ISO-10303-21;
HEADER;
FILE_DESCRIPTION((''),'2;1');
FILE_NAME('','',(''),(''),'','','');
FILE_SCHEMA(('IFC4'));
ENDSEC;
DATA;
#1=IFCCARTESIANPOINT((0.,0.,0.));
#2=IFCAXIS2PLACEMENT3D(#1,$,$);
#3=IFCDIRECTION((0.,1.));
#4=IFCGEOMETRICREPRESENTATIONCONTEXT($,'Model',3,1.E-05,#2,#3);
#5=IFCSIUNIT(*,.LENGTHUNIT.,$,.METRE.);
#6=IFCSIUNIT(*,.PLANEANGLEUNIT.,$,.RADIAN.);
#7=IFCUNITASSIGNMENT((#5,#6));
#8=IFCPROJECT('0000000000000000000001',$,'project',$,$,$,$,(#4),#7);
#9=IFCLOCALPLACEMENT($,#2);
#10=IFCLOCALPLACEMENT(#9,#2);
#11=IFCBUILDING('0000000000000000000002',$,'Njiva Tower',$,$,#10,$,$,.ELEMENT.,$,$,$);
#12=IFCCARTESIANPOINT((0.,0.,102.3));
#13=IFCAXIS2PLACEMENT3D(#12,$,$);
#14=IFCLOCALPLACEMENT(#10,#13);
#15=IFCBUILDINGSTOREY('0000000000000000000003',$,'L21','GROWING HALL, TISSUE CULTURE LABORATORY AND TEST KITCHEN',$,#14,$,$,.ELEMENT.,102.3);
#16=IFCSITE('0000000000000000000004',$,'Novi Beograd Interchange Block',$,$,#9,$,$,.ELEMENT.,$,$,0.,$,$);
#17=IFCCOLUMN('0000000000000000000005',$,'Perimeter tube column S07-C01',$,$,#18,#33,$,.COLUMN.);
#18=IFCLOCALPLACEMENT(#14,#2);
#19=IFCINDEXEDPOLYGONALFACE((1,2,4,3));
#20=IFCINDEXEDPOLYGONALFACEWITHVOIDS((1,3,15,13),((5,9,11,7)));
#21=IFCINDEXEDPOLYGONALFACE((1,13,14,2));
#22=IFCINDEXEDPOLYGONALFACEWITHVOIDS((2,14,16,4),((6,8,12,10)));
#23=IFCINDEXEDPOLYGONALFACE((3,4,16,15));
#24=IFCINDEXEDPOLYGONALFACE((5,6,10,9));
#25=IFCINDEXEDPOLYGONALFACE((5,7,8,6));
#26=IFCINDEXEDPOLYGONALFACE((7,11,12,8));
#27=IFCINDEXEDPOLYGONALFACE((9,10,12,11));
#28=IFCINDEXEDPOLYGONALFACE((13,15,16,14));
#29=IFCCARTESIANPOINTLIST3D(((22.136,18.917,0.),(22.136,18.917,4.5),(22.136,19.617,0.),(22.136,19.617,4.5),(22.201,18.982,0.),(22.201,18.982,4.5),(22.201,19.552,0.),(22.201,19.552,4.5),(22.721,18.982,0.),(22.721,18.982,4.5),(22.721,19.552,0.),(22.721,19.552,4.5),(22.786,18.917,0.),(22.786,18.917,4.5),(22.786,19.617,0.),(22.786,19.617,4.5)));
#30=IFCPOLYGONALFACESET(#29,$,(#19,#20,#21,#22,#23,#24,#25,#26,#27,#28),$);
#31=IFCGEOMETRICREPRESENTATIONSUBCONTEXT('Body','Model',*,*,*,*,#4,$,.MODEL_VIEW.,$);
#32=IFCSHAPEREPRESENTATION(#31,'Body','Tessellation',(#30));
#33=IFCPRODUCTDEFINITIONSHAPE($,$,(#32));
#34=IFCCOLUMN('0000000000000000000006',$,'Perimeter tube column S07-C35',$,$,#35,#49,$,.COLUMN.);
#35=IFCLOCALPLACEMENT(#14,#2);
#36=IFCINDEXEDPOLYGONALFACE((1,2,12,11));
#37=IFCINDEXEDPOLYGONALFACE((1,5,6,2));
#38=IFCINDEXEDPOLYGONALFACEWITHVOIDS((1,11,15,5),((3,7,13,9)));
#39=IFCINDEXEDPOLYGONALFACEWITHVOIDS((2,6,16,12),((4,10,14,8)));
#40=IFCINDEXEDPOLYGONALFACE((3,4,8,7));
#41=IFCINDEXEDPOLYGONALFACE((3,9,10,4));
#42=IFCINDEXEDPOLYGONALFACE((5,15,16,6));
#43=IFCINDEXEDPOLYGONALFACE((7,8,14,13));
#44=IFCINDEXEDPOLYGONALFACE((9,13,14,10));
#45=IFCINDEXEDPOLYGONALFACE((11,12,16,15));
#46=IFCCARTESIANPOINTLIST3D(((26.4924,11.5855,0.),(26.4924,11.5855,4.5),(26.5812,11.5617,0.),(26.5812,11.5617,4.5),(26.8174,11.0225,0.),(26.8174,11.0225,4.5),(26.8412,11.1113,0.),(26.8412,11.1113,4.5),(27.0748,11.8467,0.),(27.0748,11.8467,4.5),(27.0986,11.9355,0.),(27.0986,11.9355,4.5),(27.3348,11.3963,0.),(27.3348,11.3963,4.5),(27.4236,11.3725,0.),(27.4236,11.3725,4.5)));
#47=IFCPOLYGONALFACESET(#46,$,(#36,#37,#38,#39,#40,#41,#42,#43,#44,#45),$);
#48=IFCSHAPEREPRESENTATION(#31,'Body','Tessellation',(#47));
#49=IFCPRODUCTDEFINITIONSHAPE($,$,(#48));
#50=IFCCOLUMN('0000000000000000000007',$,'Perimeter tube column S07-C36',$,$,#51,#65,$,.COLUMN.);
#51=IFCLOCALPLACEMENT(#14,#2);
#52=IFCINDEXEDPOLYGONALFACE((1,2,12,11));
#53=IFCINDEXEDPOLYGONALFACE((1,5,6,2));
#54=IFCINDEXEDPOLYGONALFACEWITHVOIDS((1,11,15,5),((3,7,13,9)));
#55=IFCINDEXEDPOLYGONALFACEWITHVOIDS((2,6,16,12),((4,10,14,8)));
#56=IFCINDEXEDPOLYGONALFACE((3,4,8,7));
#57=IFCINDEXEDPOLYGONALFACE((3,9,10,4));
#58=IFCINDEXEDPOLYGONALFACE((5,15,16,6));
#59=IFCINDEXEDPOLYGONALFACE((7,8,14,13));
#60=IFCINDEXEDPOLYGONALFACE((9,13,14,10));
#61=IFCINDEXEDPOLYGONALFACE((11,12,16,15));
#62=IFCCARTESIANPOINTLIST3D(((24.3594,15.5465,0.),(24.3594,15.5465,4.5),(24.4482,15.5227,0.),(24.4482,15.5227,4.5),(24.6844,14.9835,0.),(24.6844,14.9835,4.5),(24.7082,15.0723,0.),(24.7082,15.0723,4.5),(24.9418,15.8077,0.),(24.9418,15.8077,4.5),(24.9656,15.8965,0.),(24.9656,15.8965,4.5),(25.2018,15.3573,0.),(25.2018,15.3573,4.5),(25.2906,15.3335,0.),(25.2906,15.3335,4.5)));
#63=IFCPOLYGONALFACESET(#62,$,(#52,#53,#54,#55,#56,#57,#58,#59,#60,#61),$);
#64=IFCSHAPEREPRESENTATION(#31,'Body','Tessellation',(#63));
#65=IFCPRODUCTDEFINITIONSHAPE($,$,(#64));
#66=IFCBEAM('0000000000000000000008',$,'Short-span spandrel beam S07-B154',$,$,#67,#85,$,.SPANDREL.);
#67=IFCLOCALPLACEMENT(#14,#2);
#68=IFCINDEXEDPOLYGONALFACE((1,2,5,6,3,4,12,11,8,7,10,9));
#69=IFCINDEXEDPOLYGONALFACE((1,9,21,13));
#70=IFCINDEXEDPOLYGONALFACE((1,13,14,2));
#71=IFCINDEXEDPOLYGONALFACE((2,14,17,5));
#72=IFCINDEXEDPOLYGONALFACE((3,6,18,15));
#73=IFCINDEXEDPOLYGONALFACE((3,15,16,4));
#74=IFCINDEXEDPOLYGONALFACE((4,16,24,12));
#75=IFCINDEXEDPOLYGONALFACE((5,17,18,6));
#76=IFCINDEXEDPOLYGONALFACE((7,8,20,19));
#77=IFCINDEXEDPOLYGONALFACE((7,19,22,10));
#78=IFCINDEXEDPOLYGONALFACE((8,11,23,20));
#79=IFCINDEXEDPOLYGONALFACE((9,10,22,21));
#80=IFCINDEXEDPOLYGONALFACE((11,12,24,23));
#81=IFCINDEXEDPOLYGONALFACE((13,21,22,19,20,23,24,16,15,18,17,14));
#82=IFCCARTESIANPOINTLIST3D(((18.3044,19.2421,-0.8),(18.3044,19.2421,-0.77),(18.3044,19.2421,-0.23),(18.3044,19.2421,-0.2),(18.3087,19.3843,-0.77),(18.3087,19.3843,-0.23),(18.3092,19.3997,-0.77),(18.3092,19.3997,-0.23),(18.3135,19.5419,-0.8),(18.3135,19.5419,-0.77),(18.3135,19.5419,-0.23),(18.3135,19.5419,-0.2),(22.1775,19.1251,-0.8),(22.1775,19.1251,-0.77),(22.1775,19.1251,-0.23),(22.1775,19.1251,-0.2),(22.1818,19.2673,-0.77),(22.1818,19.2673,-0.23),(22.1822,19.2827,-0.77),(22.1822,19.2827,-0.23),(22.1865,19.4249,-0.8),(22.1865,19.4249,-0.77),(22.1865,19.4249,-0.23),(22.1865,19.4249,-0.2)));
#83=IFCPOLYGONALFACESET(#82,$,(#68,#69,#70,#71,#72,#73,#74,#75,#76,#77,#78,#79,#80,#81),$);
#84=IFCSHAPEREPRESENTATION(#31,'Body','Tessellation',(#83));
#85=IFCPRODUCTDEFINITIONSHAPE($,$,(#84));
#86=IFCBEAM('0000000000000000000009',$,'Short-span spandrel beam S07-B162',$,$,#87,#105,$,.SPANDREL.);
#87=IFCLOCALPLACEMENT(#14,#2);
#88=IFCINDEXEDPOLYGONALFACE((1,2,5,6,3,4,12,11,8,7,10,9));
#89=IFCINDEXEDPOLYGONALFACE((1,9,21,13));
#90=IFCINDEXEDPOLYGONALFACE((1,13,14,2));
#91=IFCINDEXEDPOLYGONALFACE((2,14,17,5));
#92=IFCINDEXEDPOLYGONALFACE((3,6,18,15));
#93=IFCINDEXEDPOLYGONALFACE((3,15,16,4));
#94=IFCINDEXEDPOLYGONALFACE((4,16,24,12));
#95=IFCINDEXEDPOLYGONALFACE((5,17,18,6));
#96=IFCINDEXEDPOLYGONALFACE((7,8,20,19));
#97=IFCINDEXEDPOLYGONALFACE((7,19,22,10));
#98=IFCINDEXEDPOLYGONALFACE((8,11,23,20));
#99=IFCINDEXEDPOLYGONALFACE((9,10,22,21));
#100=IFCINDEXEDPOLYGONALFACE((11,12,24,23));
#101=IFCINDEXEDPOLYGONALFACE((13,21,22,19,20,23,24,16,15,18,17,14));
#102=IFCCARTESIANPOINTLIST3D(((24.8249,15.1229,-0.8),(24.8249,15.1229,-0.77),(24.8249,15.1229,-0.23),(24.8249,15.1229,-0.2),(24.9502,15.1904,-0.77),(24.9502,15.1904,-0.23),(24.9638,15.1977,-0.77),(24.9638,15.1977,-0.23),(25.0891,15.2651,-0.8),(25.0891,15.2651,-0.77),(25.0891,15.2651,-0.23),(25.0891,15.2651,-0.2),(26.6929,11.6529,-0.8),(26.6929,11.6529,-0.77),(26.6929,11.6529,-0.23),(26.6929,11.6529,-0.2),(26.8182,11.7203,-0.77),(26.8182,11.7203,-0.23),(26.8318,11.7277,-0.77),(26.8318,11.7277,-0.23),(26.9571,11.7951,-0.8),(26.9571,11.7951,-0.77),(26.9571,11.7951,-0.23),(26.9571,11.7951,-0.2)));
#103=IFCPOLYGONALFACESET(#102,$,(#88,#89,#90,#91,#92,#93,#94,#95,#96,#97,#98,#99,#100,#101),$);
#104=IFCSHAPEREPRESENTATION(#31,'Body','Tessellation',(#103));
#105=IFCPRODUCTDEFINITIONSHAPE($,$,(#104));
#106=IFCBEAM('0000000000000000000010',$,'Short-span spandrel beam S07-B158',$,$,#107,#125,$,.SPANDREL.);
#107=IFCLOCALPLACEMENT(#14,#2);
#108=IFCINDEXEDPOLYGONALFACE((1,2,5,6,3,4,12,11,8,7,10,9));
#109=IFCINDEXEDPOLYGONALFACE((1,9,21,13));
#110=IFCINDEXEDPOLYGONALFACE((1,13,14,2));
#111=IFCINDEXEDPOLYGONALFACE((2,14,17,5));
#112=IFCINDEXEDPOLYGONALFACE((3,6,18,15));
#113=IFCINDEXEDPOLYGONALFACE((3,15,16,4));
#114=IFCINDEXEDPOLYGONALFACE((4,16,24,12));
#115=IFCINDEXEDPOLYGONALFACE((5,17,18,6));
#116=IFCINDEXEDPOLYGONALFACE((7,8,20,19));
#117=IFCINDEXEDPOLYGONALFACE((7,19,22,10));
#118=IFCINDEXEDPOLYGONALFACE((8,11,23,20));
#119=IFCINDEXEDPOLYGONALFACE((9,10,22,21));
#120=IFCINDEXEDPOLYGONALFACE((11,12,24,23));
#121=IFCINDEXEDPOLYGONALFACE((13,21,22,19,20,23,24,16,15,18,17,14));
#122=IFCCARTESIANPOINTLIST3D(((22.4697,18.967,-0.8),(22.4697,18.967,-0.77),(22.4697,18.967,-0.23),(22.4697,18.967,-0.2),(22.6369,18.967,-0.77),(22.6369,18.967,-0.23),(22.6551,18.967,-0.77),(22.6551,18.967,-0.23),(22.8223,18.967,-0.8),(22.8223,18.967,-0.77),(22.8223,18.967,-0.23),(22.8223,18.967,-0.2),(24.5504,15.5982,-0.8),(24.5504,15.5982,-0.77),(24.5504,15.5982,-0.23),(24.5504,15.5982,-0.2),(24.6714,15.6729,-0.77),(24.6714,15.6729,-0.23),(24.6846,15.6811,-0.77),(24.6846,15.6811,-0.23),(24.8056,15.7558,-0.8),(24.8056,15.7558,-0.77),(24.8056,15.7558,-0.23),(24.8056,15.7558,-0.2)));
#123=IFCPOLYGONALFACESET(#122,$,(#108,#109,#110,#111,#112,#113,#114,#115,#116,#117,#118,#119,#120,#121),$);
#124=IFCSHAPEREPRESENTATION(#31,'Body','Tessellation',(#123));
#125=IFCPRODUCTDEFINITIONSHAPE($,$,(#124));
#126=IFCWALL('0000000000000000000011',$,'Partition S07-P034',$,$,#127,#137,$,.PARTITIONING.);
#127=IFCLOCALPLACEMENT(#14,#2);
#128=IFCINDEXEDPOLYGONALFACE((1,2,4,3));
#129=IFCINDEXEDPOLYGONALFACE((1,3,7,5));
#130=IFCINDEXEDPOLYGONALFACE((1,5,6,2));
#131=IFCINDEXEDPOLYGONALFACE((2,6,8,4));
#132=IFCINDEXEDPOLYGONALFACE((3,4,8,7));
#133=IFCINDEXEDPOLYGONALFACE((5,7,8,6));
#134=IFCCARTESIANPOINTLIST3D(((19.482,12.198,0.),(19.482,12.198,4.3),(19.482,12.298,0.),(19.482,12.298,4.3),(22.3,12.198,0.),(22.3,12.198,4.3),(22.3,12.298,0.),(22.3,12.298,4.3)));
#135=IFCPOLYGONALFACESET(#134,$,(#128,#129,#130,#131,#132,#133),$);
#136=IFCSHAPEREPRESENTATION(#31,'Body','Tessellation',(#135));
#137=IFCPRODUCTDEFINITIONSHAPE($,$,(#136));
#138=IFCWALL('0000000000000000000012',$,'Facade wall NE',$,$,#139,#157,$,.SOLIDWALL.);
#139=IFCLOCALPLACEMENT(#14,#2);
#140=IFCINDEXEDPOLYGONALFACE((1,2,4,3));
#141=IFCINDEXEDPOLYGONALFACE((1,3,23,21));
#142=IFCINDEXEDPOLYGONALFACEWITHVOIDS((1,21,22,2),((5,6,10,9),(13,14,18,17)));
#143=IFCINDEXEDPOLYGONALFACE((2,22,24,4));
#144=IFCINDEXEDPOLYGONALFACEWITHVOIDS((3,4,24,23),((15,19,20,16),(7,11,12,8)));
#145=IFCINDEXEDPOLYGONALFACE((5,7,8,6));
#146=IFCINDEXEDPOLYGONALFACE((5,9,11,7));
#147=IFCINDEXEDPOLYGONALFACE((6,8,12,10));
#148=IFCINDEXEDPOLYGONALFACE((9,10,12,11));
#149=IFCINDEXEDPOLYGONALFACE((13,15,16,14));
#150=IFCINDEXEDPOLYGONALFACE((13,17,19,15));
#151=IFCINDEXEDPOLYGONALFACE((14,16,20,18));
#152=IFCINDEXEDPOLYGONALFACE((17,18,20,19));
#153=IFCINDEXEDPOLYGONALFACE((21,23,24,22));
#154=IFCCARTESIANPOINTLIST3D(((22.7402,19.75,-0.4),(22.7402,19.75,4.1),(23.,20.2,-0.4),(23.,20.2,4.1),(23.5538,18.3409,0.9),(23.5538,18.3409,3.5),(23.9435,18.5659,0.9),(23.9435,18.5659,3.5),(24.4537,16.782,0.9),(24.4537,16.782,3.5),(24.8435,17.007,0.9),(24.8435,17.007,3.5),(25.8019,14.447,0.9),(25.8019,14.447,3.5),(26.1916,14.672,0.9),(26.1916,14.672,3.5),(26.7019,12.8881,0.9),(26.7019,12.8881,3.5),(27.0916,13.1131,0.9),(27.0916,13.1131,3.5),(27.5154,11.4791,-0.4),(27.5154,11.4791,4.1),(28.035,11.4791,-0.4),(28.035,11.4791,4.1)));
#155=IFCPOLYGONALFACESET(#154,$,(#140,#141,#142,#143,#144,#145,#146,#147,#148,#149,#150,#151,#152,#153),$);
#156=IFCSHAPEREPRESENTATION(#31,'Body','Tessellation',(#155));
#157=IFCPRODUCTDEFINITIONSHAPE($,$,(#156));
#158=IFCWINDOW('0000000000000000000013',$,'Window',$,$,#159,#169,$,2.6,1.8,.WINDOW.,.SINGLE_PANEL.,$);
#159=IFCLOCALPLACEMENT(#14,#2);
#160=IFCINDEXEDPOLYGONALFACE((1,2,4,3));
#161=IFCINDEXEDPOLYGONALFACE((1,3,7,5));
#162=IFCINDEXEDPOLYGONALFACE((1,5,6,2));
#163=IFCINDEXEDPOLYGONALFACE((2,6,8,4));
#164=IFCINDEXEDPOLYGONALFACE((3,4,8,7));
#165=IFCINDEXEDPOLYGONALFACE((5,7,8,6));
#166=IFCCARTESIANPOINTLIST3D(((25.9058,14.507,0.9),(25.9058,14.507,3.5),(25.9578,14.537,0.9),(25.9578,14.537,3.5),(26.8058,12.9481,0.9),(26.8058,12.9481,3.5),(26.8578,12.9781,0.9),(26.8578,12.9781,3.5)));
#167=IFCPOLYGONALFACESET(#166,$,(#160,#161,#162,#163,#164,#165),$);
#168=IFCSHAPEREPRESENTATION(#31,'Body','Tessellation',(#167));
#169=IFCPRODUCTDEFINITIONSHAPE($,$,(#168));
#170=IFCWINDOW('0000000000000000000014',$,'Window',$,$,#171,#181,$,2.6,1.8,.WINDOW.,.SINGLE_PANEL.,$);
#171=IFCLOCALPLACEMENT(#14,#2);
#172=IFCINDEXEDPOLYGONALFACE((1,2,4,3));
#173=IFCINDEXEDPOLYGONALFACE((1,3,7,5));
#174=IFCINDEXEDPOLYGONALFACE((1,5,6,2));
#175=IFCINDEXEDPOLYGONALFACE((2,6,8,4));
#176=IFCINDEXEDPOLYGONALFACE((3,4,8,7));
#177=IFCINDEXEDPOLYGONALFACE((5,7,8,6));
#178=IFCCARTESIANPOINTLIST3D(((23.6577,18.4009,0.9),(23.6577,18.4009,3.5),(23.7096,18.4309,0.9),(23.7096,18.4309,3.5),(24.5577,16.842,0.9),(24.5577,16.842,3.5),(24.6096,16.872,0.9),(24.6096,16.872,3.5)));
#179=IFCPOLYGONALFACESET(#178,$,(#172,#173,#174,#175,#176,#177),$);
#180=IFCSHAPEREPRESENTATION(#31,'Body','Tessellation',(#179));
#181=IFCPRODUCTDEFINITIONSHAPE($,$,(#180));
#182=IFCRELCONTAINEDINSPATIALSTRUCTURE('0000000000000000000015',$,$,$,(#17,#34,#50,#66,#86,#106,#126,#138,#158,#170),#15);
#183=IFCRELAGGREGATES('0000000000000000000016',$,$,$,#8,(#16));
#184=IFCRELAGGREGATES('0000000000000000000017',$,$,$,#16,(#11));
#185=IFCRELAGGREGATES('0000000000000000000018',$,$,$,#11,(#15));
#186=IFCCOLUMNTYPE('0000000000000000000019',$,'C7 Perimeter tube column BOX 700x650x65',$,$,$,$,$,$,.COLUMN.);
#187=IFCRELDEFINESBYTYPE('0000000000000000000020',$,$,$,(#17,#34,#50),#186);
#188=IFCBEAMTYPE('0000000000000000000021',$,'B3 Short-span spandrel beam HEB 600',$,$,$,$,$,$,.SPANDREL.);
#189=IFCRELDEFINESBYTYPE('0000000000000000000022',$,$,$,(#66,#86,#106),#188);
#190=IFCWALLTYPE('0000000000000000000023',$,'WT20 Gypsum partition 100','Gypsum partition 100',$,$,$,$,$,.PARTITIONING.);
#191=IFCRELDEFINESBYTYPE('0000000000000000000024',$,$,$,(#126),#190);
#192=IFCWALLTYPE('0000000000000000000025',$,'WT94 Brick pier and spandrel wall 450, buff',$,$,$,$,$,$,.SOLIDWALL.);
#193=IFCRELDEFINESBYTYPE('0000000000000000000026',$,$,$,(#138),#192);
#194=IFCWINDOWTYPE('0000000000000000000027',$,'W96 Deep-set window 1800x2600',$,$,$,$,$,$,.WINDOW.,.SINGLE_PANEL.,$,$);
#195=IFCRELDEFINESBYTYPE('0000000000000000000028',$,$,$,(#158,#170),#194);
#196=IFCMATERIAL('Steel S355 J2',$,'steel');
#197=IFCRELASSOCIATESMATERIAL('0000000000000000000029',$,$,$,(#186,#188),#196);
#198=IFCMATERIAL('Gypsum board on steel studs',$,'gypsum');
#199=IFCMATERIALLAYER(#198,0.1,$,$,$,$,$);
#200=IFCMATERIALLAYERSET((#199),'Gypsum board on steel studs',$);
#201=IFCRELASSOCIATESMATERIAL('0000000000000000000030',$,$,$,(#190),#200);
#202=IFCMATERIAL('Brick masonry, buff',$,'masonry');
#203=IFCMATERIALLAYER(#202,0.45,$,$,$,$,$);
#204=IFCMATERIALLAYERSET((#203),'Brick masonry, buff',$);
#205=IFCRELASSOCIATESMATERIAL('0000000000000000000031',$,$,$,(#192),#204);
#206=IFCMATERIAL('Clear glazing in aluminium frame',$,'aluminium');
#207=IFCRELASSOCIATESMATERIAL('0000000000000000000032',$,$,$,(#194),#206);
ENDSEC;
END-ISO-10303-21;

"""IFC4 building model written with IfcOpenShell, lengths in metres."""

from ifc_helpers import new_model, si_unit, direction, frame, frame_2d, origin, origin_2d, place, context, subcontext, project, spatial, polyline, rectangle, hollow_rectangle, i_section, outline, extrude, clip, halfspace, material, layer, layer_set, material_profile, profile_set, type_object, element, fill, save


model = new_model("IFC4")

# Units and contexts
model_context = context("Model", 3, precision=1e-05, world=origin(), true_north=direction((0.0, 1.0)))
body_context = subcontext(model_context, "Body", "Model", "MODEL_VIEW")
ifc_project = project(units=[si_unit("LENGTHUNIT", "METRE"), si_unit("PLANEANGLEUNIT", "RADIAN")], contexts=[model_context])

# Site, building, storey
site_placement = place(None, origin())
site = spatial("IfcSite", under=ifc_project, at=site_placement, Name="Novi Beograd Interchange Block", CompositionType="ELEMENT", RefElevation=0.0)
building_placement = place(site_placement, origin())
building = spatial("IfcBuilding", under=site, at=building_placement, Name="Njiva Tower", CompositionType="ELEMENT")
storey_placement = place(building_placement, frame((0.0, 0.0, 102.3)))
storey = spatial("IfcBuildingStorey", under=building, at=storey_placement, Name="L21", Description="GROWING HALL, TISSUE CULTURE LABORATORY AND TEST KITCHEN", CompositionType="ELEMENT", Elevation=102.3)

# Columns
ifc_material_1 = material(Name="Steel S355 J2", Category="steel")
ifc_material_profile_1 = material_profile(ifc_material_1, hollow_rectangle(XDim=0.65, YDim=0.7, WallThickness=0.065, at=origin_2d()), Name="BOX 700x650x65")
ifc_profile_set_1 = profile_set([ifc_material_profile_1], Name="Steel S355 J2")
column_type = type_object("IfcColumnType", Name="C7 Perimeter tube column BOX 700x650x65", PredefinedType="COLUMN", material=ifc_profile_set_1)
for number, where, z_axis, x_axis, name in (
    (1, (22.461, 19.267, 0.0), (0.0, 0.0, 1.0), (-1.0, 0.0, 0.0), "Perimeter tube column S07-C01"),
    (2, (26.958, 11.479, 0.0), (0.0, 0.0, 1.0), (-0.5, 0.866025, 0.0), "Perimeter tube column S07-C35"),
    (3, (24.825, 15.44, 0.0), (0.0, 0.0, 1.0), (-0.5, 0.866025, 0.0), "Perimeter tube column S07-C36"),
):
    element("IfcColumn", number, at=place(storey_placement, frame(where, z_axis=z_axis, x_axis=x_axis)), inside=storey, type_object=column_type, Name=name, PredefinedType="COLUMN", context=body_context, shape_type="SweptSolid", body=[
        extrude(hollow_rectangle(XDim=0.65, YDim=0.7, WallThickness=0.065, at=origin_2d()), origin(), (0.0, 0.0, 1.0), 4.5),
    ])

# Beams
ifc_material_profile_2 = material_profile(ifc_material_1, i_section(OverallWidth=0.3, OverallDepth=0.6, WebThickness=0.0155, FlangeThickness=0.03, at=origin_2d()), Name="HEB 600")
ifc_profile_set_2 = profile_set([ifc_material_profile_2], Name="Steel S355 J2")
beam_type = type_object("IfcBeamType", Name="B3 Short-span spandrel beam HEB 600", PredefinedType="SPANDREL", material=ifc_profile_set_2)
beam_1_placement = place(storey_placement, frame((22.182, 19.275, -0.5), z_axis=(-0.999544, 0.030195, 0.0), x_axis=(-0.030195, -0.999544, 0.0)))
element("IfcBeam", 4, at=beam_1_placement, inside=storey, type_object=beam_type, Name="Short-span spandrel beam S07-B154", PredefinedType="SPANDREL", context=body_context, shape_type="SweptSolid", body=[
    extrude(i_section(OverallWidth=0.3, OverallDepth=0.6, WebThickness=0.0155, FlangeThickness=0.03, at=origin_2d()), origin(), (0.0, 0.0, 1.0), 3.8748),
])
beam_2_placement = place(storey_placement, frame((26.825, 11.724, -0.5), z_axis=(-0.474009, 0.88052, 0.0), x_axis=(-0.88052, -0.474009, 0.0)))
element("IfcBeam", 5, at=beam_2_placement, inside=storey, type_object=beam_type, Name="Short-span spandrel beam S07-B162", PredefinedType="SPANDREL", context=body_context, shape_type="SweptSolid", body=[
    extrude(i_section(OverallWidth=0.3, OverallDepth=0.6, WebThickness=0.0155, FlangeThickness=0.03, at=origin_2d()), origin(), (0.0, 0.0, 1.0), 3.9409),
])
beam_3_placement = place(storey_placement, frame((24.678, 15.677, -0.5), z_axis=(-0.525482, 0.850805, 0.0), x_axis=(-0.850805, -0.525482, 0.0)))
element("IfcBeam", 6, at=beam_3_placement, inside=storey, type_object=beam_type, Name="Short-span spandrel beam S07-B158", PredefinedType="SPANDREL", context=body_context, shape_type="Clipping", body=[
    clip(extrude(i_section(OverallWidth=0.3, OverallDepth=0.6, WebThickness=0.0155, FlangeThickness=0.03, at=origin_2d()), origin(), (0.0, 0.0, 1.0), 3.9799), halfspace(frame((-0.0266, 0.0, 3.8505), z_axis=(-0.525482, 0.0, 0.850805), x_axis=(0.0, 1.0, 0.0)), False)),
])

# Wall
ifc_material_2 = material(Name="Gypsum board on steel studs", Category="gypsum")
ifc_layer_1 = layer(ifc_material_2, 0.1)
ifc_layer_set_1 = layer_set([ifc_layer_1], Name="Gypsum board on steel studs")
wall_type_1 = type_object("IfcWallType", Name="WT20 Gypsum partition 100", Description="Gypsum partition 100", PredefinedType="PARTITIONING", material=ifc_layer_set_1)
wall_1_placement = place(storey_placement, frame((19.482, 12.248, 0.0), z_axis=(0.0, 0.0, 1.0), x_axis=(1.0, 0.0, 0.0)))
element("IfcWall", 7, at=wall_1_placement, inside=storey, type_object=wall_type_1, Name="Partition S07-P034", PredefinedType="PARTITIONING", context=body_context, shape_type="SweptSolid", body=[
    extrude(rectangle(XDim=2.818, YDim=0.1, at=frame_2d((1.409, 0.0))), origin(), (0.0, 0.0, 1.0), 4.3),
])

# Wall, openings, windows
ifc_material_3 = material(Name="Clear glazing in aluminium frame", Category="aluminium")
ifc_material_4 = material(Name="Brick masonry, buff", Category="masonry")
ifc_layer_2 = layer(ifc_material_4, 0.45)
ifc_layer_set_2 = layer_set([ifc_layer_2], Name="Brick masonry, buff")
wall_type_2 = type_object("IfcWallType", Name="WT94 Brick pier and spandrel wall 450, buff", PredefinedType="SOLIDWALL", material=ifc_layer_set_2)
wall_2_placement = place(storey_placement, frame((27.7752, 11.4791, -0.4), z_axis=(0.0, 0.0, 1.0), x_axis=(-0.499999, 0.866026, 0.0)))
wall_2 = element("IfcWall", 8, at=wall_2_placement, inside=storey, type_object=wall_type_2, Name="Facade wall NE", PredefinedType="SOLIDWALL", context=body_context, shape_type="SweptSolid", body=[
    extrude(outline(polyline([(-0.1299, -0.225), (9.9401, -0.225), (9.6803, 0.225), (0.1299, 0.225), (-0.1299, -0.225)])), origin(), (0.0, 0.0, 1.0), 4.5),
])
opening_1_placement = place(wall_2_placement, frame((1.7569, 0.0, 1.3)))
opening_1 = element("IfcOpeningElement", 9, at=opening_1_placement, cuts=wall_2, PredefinedType="OPENING", context=body_context, shape_type="SweptSolid", body=[
    extrude(rectangle(XDim=1.8, YDim=2.6, at=frame_2d((0.9, 1.3))), frame((0.0, 0.235, 0.0), z_axis=(0.0, -1.0, 0.0), x_axis=(1.0, 0.0, 0.0)), (0.0, 0.0, 1.0), 0.47),
])
opening_2_placement = place(wall_2_placement, frame((6.2532, 0.0, 1.3)))
opening_2 = element("IfcOpeningElement", 10, at=opening_2_placement, cuts=wall_2, PredefinedType="OPENING", context=body_context, shape_type="SweptSolid", body=[
    extrude(rectangle(XDim=1.8, YDim=2.6, at=frame_2d((0.9, 1.3))), frame((0.0, 0.235, 0.0), z_axis=(0.0, -1.0, 0.0), x_axis=(1.0, 0.0, 0.0)), (0.0, 0.0, 1.0), 0.47),
])
window_type_1 = type_object("IfcWindowType", Name="W96 Deep-set window 1800x2600", PartitioningType="SINGLE_PANEL", PredefinedType="WINDOW", material=ifc_material_3)
window_1_placement = place(opening_1_placement, origin())
window_1 = element("IfcWindow", 11, at=window_1_placement, inside=storey, type_object=window_type_1, Name="Window", OverallHeight=2.6, OverallWidth=1.8, PartitioningType="SINGLE_PANEL", PredefinedType="WINDOW", context=body_context, shape_type="SweptSolid", body=[
    extrude(rectangle(XDim=1.8, YDim=2.6, at=frame_2d((0.9, 1.3))), frame((0.0, 0.105, 0.0), z_axis=(0.0, -1.0, 0.0), x_axis=(1.0, 0.0, 0.0)), (0.0, 0.0, 1.0), 0.06),
])
fill(opening_1, window_1)
window_2_placement = place(opening_2_placement, origin())
window_2 = element("IfcWindow", 12, at=window_2_placement, inside=storey, type_object=window_type_1, Name="Window", OverallHeight=2.6, OverallWidth=1.8, PartitioningType="SINGLE_PANEL", PredefinedType="WINDOW", context=body_context, shape_type="SweptSolid", body=[
    extrude(rectangle(XDim=1.8, YDim=2.6, at=frame_2d((0.9, 1.3))), frame((0.0, 0.105, 0.0), z_axis=(0.0, -1.0, 0.0), x_axis=(1.0, 0.0, 0.0)), (0.0, 0.0, 1.0), 0.06),
])
fill(opening_2, window_2)

save(model, "model.ifc")
